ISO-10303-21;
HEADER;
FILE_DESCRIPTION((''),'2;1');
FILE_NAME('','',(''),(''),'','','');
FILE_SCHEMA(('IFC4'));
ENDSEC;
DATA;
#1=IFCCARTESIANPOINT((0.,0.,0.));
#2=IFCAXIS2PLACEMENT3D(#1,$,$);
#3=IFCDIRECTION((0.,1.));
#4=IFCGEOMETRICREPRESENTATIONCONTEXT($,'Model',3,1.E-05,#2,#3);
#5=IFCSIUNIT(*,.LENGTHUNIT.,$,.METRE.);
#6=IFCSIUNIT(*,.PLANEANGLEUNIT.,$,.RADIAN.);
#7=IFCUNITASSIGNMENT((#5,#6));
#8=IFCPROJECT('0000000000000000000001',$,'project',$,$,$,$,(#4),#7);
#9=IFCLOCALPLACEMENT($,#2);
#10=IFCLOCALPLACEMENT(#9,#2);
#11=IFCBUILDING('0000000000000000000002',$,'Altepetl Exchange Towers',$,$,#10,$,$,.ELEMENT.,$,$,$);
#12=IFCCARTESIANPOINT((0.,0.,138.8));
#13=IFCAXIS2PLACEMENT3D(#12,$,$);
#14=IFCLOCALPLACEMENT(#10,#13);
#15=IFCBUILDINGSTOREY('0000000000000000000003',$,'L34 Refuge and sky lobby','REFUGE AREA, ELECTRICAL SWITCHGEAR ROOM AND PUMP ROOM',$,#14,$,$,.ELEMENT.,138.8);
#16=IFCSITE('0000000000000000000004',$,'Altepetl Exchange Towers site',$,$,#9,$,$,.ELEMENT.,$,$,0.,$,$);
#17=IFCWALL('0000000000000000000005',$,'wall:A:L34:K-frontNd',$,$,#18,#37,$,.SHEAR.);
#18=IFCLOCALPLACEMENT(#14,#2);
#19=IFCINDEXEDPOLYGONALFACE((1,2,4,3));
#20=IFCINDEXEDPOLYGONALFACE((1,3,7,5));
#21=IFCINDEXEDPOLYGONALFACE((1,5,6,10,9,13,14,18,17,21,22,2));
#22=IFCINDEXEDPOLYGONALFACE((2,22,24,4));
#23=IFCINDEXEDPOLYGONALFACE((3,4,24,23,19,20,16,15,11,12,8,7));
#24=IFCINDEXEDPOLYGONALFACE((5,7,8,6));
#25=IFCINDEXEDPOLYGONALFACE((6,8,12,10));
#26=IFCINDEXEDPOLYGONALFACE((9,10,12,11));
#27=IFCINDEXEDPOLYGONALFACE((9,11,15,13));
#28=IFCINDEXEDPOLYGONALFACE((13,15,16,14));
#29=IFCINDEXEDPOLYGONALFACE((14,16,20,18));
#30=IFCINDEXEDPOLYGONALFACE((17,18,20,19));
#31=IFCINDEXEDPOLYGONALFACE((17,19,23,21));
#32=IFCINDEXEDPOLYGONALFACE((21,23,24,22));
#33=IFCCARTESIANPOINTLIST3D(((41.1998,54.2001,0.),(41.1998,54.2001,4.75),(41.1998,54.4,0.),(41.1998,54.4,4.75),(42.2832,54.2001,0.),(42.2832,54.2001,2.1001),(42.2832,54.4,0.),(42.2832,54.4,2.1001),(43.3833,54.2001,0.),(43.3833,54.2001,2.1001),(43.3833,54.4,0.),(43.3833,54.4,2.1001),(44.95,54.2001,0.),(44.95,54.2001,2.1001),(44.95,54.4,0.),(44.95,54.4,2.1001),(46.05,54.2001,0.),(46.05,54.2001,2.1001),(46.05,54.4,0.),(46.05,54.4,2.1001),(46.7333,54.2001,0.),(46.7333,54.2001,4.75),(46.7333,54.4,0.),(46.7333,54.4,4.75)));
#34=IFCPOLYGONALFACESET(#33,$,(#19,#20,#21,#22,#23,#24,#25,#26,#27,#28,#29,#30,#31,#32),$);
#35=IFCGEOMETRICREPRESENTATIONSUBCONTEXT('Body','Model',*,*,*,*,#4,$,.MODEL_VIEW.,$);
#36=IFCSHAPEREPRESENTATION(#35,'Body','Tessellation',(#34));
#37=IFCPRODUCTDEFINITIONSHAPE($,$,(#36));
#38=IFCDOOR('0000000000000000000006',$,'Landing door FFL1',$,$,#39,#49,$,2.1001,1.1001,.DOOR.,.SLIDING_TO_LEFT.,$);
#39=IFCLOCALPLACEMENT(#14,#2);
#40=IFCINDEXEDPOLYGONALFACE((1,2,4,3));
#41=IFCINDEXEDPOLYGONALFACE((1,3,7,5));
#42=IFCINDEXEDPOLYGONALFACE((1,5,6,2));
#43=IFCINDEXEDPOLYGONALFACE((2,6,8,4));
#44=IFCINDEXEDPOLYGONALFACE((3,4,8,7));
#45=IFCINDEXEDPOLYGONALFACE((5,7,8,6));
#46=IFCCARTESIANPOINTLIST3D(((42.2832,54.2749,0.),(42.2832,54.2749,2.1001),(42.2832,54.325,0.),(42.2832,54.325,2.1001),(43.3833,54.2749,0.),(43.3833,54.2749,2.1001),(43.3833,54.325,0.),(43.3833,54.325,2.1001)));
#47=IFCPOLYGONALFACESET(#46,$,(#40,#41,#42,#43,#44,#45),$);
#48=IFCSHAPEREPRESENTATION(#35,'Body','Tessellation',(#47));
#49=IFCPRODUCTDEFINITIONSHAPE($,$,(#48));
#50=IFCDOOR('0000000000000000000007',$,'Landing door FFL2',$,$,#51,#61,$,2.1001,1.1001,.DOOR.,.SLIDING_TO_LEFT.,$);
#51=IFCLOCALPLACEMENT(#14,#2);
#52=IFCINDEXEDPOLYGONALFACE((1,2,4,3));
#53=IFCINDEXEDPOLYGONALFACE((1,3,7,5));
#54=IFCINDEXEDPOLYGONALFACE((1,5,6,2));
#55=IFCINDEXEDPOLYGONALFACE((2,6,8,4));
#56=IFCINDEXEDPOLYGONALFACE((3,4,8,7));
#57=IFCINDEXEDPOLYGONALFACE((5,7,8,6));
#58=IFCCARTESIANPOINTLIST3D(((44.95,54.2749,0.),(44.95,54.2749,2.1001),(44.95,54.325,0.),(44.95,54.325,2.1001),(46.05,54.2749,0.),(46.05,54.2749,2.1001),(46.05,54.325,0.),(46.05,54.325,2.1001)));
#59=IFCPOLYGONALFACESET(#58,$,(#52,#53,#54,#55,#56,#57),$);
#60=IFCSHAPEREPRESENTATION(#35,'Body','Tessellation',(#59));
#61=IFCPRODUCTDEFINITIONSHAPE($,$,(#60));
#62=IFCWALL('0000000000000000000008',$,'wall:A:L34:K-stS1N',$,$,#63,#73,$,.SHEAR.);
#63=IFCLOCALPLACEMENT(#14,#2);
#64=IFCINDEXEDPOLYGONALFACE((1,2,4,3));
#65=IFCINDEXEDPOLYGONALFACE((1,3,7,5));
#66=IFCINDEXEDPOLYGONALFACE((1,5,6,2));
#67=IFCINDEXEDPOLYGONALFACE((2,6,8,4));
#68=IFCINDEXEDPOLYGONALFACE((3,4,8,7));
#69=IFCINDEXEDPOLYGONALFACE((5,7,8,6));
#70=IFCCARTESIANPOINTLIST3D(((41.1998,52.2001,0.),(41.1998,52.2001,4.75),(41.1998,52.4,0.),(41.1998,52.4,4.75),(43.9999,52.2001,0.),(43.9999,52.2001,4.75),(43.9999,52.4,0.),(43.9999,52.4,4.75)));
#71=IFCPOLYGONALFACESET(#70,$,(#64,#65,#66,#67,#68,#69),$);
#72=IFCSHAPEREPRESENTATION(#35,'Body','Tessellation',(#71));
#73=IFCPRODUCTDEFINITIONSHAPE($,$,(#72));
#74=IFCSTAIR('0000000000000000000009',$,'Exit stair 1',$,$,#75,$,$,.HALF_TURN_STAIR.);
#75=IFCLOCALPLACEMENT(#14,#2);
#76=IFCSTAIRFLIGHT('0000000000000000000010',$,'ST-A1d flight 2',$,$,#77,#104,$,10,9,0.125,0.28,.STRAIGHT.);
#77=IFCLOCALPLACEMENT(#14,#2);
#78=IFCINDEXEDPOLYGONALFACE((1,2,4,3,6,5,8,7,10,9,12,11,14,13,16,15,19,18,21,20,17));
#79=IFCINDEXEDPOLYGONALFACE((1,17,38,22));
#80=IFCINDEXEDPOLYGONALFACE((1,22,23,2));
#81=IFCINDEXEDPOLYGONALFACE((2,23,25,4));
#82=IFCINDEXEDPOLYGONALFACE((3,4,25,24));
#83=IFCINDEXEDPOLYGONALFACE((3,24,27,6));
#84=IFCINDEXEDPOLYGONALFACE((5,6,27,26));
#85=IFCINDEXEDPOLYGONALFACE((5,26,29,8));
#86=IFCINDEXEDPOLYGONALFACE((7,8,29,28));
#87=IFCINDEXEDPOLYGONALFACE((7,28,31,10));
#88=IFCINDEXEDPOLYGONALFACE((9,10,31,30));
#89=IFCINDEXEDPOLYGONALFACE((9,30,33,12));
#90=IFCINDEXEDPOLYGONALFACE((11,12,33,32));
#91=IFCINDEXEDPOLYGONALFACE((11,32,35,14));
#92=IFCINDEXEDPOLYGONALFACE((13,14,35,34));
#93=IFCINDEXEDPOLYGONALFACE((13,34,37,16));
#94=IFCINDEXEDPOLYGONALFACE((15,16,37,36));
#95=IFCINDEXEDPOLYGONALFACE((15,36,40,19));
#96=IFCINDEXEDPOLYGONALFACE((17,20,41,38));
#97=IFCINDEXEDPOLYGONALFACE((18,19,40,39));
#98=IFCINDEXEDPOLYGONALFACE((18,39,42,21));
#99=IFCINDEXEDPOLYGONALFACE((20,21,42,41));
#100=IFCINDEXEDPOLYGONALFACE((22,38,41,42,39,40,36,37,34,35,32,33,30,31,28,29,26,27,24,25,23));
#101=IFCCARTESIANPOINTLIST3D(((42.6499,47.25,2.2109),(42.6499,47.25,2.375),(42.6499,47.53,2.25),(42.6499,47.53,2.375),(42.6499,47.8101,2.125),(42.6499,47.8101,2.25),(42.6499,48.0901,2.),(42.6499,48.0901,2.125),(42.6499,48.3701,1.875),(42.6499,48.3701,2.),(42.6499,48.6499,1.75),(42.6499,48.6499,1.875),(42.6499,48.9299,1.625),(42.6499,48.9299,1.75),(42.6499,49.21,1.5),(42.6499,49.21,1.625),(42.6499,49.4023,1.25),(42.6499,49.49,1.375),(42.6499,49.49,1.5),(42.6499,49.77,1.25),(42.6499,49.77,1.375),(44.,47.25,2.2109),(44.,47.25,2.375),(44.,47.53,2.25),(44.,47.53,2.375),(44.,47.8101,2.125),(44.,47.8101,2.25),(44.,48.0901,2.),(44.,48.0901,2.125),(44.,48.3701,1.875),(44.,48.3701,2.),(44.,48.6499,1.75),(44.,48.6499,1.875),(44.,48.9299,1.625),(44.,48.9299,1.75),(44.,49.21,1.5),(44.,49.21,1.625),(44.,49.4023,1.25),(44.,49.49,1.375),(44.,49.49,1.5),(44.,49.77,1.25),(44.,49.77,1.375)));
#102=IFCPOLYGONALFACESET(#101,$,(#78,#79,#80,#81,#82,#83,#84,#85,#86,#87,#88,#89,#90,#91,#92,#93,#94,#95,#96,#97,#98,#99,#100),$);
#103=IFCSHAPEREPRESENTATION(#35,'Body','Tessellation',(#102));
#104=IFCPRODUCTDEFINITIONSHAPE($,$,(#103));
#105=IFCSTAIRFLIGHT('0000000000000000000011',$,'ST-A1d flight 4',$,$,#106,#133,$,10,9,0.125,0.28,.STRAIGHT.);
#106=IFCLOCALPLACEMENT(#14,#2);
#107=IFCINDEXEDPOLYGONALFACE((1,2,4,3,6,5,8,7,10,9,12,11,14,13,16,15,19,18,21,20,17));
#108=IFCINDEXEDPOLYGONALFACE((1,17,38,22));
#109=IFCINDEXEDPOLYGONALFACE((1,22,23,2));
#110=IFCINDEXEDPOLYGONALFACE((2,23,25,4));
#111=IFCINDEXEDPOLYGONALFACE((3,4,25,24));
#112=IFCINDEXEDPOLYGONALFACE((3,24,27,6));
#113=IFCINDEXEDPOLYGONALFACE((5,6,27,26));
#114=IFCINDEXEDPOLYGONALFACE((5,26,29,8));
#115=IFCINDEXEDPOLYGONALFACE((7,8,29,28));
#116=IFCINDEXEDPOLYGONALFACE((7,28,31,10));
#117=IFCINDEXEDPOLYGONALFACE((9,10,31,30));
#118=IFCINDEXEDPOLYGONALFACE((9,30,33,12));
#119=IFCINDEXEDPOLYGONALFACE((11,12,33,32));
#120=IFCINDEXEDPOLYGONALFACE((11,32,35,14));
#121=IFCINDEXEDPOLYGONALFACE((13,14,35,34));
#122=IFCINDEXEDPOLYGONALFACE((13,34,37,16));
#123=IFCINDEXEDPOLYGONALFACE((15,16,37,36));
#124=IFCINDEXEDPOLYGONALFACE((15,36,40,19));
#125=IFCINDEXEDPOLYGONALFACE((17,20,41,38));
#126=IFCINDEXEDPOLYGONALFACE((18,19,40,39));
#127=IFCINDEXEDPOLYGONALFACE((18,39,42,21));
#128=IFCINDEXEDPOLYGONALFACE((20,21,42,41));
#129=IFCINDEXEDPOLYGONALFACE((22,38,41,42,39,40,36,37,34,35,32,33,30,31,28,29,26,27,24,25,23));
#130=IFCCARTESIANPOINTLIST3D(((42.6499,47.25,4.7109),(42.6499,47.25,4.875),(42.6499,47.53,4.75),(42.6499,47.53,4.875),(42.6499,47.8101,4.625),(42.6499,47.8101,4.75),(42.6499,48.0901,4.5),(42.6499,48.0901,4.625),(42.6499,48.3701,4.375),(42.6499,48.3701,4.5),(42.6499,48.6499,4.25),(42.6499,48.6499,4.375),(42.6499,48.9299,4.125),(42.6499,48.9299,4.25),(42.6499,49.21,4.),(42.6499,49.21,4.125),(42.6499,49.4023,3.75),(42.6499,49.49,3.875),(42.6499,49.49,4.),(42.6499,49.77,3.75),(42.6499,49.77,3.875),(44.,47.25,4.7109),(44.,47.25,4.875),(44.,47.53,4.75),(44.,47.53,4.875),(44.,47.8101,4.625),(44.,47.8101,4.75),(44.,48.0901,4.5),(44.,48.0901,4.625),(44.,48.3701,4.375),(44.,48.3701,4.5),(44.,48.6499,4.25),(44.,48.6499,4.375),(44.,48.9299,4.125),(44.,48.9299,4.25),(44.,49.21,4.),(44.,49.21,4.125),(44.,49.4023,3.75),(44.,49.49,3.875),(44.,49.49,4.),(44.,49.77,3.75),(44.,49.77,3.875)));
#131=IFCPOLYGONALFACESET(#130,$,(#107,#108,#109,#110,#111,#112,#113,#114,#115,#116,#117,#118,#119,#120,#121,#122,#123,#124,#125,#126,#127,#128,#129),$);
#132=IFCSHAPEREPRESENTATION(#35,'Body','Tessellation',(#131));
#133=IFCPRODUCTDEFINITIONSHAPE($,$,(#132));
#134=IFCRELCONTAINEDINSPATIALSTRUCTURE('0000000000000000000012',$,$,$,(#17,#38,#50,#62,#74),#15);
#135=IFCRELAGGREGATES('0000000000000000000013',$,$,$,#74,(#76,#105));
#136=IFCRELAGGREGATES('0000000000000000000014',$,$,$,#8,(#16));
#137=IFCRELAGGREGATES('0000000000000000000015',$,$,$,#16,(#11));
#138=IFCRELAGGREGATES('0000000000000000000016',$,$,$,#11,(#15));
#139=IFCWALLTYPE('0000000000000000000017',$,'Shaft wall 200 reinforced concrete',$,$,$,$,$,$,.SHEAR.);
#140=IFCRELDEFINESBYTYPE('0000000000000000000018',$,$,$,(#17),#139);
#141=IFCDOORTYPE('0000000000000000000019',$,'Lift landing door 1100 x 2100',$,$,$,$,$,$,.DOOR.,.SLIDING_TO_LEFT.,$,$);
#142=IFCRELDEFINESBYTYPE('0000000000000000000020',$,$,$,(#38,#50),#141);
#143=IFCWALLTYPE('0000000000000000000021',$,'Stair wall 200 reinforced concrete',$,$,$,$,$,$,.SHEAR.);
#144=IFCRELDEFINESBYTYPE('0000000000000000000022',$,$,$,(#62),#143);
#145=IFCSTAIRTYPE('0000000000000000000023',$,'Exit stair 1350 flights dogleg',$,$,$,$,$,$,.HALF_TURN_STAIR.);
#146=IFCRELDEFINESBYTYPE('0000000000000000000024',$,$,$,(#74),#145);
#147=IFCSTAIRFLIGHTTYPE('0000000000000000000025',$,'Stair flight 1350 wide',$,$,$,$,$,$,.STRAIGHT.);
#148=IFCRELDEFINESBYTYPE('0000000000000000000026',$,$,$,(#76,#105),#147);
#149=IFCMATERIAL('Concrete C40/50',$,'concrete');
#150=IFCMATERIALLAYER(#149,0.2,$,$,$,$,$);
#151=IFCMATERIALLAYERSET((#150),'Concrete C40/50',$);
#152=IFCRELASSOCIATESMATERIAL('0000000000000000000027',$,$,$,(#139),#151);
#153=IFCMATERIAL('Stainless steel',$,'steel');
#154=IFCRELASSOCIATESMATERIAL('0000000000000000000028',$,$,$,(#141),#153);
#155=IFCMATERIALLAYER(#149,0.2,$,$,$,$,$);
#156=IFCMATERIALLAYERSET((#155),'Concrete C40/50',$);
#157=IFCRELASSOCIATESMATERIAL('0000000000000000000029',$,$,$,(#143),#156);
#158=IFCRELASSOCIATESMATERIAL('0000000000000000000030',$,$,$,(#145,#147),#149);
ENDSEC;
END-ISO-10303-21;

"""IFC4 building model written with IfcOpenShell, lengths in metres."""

from ifc_helpers import new_model, si_unit, direction, frame, frame_2d, origin, place, context, subcontext, project, spatial, polyline, rectangle, outline, extrude, material, layer, layer_set, type_object, element, fill, aggregate, save


model = new_model("IFC4")

# Units and contexts
model_context = context("Model", 3, precision=1e-05, world=origin(), true_north=direction((0.0, 1.0)))
body_context = subcontext(model_context, "Body", "Model", "MODEL_VIEW")
ifc_project = project(units=[si_unit("LENGTHUNIT", "METRE"), si_unit("PLANEANGLEUNIT", "RADIAN")], contexts=[model_context])

# Site, building, storey
site_placement = place(None, origin())
site = spatial("IfcSite", under=ifc_project, at=site_placement, Name="Altepetl Exchange Towers site", CompositionType="ELEMENT", RefElevation=0.0)
building_placement = place(site_placement, origin())
building = spatial("IfcBuilding", under=site, at=building_placement, Name="Altepetl Exchange Towers", CompositionType="ELEMENT")
storey_placement = place(building_placement, frame((0.0, 0.0, 138.8)))
storey = spatial("IfcBuildingStorey", under=building, at=storey_placement, Name="L34 Refuge and sky lobby", Description="REFUGE AREA, ELECTRICAL SWITCHGEAR ROOM AND PUMP ROOM", CompositionType="ELEMENT", Elevation=138.8)

# Wall, openings, doors
ifc_material_1 = material(Name="Concrete C40/50", Category="concrete")
ifc_layer_1 = layer(ifc_material_1, 0.2)
ifc_layer_set_1 = layer_set([ifc_layer_1], Name="Concrete C40/50")
wall_type_1 = type_object("IfcWallType", Name="Shaft wall 200 reinforced concrete", PredefinedType="SHEAR", material=ifc_layer_set_1)
ifc_material_2 = material(Name="Stainless steel", Category="steel")
wall_1_placement = place(storey_placement, frame((41.2, 54.3, 0.0)))
wall_1 = element("IfcWall", 1, at=wall_1_placement, inside=storey, type_object=wall_type_1, Name="wall:A:L34:K-frontNd", PredefinedType="SHEAR", context=body_context, shape_type="SweptSolid", body=[
    extrude(rectangle(XDim=5.5334, YDim=0.2, at=frame_2d((2.7666, 0.0))), origin(), (0.0, 0.0, 1.0), 4.75),
])
opening_1_placement = place(wall_1_placement, frame((1.0833, 0.0, 0.0)))
opening_1 = element("IfcOpeningElement", 2, at=opening_1_placement, cuts=wall_1, PredefinedType="OPENING", context=body_context, shape_type="SweptSolid", body=[
    extrude(rectangle(XDim=1.1001, YDim=2.1001, at=frame_2d((0.55, 1.05))), frame((0.0, 0.1099, 0.0), z_axis=(0.0, -1.0, 0.0), x_axis=(1.0, 0.0, 0.0)), (0.0, 0.0, 1.0), 0.22),
])
opening_2_placement = place(wall_1_placement, frame((3.75, 0.0, 0.0)))
opening_2 = element("IfcOpeningElement", 3, at=opening_2_placement, cuts=wall_1, PredefinedType="OPENING", context=body_context, shape_type="SweptSolid", body=[
    extrude(rectangle(XDim=1.1001, YDim=2.1001, at=frame_2d((0.55, 1.05))), frame((0.0, 0.1099, 0.0), z_axis=(0.0, -1.0, 0.0), x_axis=(1.0, 0.0, 0.0)), (0.0, 0.0, 1.0), 0.22),
])
door_type_1 = type_object("IfcDoorType", Name="Lift landing door 1100 x 2100", OperationType="SLIDING_TO_LEFT", PredefinedType="DOOR", material=ifc_material_2)
door_1_placement = place(opening_1_placement, origin())
door_1 = element("IfcDoor", 4, at=door_1_placement, inside=storey, type_object=door_type_1, Name="Landing door FFL1", OperationType="SLIDING_TO_LEFT", OverallHeight=2.1001, OverallWidth=1.1001, PredefinedType="DOOR", context=body_context, shape_type="SweptSolid", body=[
    extrude(rectangle(XDim=1.1001, YDim=2.1001, at=frame_2d((0.55, 1.05))), frame((0.0, 0.0249, 0.0), z_axis=(0.0, -1.0, 0.0), x_axis=(1.0, 0.0, 0.0)), (0.0, 0.0, 1.0), 0.05),
])
fill(opening_1, door_1)
door_2_placement = place(opening_2_placement, origin())
door_2 = element("IfcDoor", 5, at=door_2_placement, inside=storey, type_object=door_type_1, Name="Landing door FFL2", OperationType="SLIDING_TO_LEFT", OverallHeight=2.1001, OverallWidth=1.1001, PredefinedType="DOOR", context=body_context, shape_type="SweptSolid", body=[
    extrude(rectangle(XDim=1.1001, YDim=2.1001, at=frame_2d((0.55, 1.05))), frame((0.0, 0.0249, 0.0), z_axis=(0.0, -1.0, 0.0), x_axis=(1.0, 0.0, 0.0)), (0.0, 0.0, 1.0), 0.05),
])
fill(opening_2, door_2)

# Wall
ifc_layer_2 = layer(ifc_material_1, 0.2)
ifc_layer_set_2 = layer_set([ifc_layer_2], Name="Concrete C40/50")
wall_type_2 = type_object("IfcWallType", Name="Stair wall 200 reinforced concrete", PredefinedType="SHEAR", material=ifc_layer_set_2)
wall_2_placement = place(storey_placement, frame((41.2, 52.3, 0.0)))
element("IfcWall", 6, at=wall_2_placement, inside=storey, type_object=wall_type_2, Name="wall:A:L34:K-stS1N", PredefinedType="SHEAR", context=body_context, shape_type="SweptSolid", body=[
    extrude(rectangle(XDim=2.8, YDim=0.2, at=frame_2d((1.3999, 0.0))), origin(), (0.0, 0.0, 1.0), 4.75),
])

# Stair, stair flights
stair_type = type_object("IfcStairType", Name="Exit stair 1350 flights dogleg", PredefinedType="HALF_TURN_STAIR", material=ifc_material_1)
stair_placement = place(storey_placement, origin())
stair = element("IfcStair", 7, at=stair_placement, inside=storey, type_object=stair_type, Name="Exit stair 1", PredefinedType="HALF_TURN_STAIR")
stair_flight_type = type_object("IfcStairFlightType", Name="Stair flight 1350 wide", PredefinedType="STRAIGHT", material=ifc_material_1)
stair_flight_1_placement = place(storey_placement, frame((43.325, 49.77, 1.25), z_axis=(0.0, 0.0, 1.0), x_axis=(0.0, -1.0, 0.0)))
stair_flight_1 = element("IfcStairFlight", 8, at=stair_flight_1_placement, type_object=stair_flight_type, Name="ST-A1d flight 2", NumberOfRisers=10, NumberOfTreads=9, PredefinedType="STRAIGHT", RiserHeight=0.125, TreadLength=0.28, context=body_context, shape_type="SweptSolid", body=[
    extrude(outline(polyline([(0.0, 0.0), (0.0, 0.125), (0.28, 0.125), (0.28, 0.25), (0.5601, 0.25), (0.5601, 0.375), (0.8401, 0.375), (0.8401, 0.5), (1.1201, 0.5), (1.1201, 0.625), (1.3999, 0.625), (1.3999, 0.75), (1.6799, 0.75), (1.6799, 0.875), (1.96, 0.875), (1.96, 1.0), (2.24, 1.0), (2.24, 1.125), (2.52, 1.125), (2.52, 1.25), (2.52, 0.9609), (0.3677, 0.0), (0.0, 0.0)])), frame((0.0, 0.675, 0.0), z_axis=(0.0, -1.0, 0.0), x_axis=(1.0, 0.0, 0.0)), (0.0, 0.0, 1.0), 1.3501),
])
stair_flight_2_placement = place(storey_placement, frame((43.325, 49.77, 3.75), z_axis=(0.0, 0.0, 1.0), x_axis=(0.0, -1.0, 0.0)))
stair_flight_2 = element("IfcStairFlight", 9, at=stair_flight_2_placement, type_object=stair_flight_type, Name="ST-A1d flight 4", NumberOfRisers=10, NumberOfTreads=9, PredefinedType="STRAIGHT", RiserHeight=0.125, TreadLength=0.28, context=body_context, shape_type="SweptSolid", body=[
    extrude(outline(polyline([(0.0, 0.0), (0.0, 0.125), (0.28, 0.125), (0.28, 0.25), (0.5601, 0.25), (0.5601, 0.375), (0.8401, 0.375), (0.8401, 0.5), (1.1201, 0.5), (1.1201, 0.625), (1.3999, 0.625), (1.3999, 0.75), (1.6799, 0.75), (1.6799, 0.875), (1.96, 0.875), (1.96, 1.0), (2.24, 1.0), (2.24, 1.125), (2.52, 1.125), (2.52, 1.25), (2.52, 0.9609), (0.3677, 0.0), (0.0, 0.0)])), frame((0.0, 0.675, 0.0), z_axis=(0.0, -1.0, 0.0), x_axis=(1.0, 0.0, 0.0)), (0.0, 0.0, 1.0), 1.3501),
])
aggregate(stair, [stair_flight_1, stair_flight_2])

save(model, "model.ifc")
